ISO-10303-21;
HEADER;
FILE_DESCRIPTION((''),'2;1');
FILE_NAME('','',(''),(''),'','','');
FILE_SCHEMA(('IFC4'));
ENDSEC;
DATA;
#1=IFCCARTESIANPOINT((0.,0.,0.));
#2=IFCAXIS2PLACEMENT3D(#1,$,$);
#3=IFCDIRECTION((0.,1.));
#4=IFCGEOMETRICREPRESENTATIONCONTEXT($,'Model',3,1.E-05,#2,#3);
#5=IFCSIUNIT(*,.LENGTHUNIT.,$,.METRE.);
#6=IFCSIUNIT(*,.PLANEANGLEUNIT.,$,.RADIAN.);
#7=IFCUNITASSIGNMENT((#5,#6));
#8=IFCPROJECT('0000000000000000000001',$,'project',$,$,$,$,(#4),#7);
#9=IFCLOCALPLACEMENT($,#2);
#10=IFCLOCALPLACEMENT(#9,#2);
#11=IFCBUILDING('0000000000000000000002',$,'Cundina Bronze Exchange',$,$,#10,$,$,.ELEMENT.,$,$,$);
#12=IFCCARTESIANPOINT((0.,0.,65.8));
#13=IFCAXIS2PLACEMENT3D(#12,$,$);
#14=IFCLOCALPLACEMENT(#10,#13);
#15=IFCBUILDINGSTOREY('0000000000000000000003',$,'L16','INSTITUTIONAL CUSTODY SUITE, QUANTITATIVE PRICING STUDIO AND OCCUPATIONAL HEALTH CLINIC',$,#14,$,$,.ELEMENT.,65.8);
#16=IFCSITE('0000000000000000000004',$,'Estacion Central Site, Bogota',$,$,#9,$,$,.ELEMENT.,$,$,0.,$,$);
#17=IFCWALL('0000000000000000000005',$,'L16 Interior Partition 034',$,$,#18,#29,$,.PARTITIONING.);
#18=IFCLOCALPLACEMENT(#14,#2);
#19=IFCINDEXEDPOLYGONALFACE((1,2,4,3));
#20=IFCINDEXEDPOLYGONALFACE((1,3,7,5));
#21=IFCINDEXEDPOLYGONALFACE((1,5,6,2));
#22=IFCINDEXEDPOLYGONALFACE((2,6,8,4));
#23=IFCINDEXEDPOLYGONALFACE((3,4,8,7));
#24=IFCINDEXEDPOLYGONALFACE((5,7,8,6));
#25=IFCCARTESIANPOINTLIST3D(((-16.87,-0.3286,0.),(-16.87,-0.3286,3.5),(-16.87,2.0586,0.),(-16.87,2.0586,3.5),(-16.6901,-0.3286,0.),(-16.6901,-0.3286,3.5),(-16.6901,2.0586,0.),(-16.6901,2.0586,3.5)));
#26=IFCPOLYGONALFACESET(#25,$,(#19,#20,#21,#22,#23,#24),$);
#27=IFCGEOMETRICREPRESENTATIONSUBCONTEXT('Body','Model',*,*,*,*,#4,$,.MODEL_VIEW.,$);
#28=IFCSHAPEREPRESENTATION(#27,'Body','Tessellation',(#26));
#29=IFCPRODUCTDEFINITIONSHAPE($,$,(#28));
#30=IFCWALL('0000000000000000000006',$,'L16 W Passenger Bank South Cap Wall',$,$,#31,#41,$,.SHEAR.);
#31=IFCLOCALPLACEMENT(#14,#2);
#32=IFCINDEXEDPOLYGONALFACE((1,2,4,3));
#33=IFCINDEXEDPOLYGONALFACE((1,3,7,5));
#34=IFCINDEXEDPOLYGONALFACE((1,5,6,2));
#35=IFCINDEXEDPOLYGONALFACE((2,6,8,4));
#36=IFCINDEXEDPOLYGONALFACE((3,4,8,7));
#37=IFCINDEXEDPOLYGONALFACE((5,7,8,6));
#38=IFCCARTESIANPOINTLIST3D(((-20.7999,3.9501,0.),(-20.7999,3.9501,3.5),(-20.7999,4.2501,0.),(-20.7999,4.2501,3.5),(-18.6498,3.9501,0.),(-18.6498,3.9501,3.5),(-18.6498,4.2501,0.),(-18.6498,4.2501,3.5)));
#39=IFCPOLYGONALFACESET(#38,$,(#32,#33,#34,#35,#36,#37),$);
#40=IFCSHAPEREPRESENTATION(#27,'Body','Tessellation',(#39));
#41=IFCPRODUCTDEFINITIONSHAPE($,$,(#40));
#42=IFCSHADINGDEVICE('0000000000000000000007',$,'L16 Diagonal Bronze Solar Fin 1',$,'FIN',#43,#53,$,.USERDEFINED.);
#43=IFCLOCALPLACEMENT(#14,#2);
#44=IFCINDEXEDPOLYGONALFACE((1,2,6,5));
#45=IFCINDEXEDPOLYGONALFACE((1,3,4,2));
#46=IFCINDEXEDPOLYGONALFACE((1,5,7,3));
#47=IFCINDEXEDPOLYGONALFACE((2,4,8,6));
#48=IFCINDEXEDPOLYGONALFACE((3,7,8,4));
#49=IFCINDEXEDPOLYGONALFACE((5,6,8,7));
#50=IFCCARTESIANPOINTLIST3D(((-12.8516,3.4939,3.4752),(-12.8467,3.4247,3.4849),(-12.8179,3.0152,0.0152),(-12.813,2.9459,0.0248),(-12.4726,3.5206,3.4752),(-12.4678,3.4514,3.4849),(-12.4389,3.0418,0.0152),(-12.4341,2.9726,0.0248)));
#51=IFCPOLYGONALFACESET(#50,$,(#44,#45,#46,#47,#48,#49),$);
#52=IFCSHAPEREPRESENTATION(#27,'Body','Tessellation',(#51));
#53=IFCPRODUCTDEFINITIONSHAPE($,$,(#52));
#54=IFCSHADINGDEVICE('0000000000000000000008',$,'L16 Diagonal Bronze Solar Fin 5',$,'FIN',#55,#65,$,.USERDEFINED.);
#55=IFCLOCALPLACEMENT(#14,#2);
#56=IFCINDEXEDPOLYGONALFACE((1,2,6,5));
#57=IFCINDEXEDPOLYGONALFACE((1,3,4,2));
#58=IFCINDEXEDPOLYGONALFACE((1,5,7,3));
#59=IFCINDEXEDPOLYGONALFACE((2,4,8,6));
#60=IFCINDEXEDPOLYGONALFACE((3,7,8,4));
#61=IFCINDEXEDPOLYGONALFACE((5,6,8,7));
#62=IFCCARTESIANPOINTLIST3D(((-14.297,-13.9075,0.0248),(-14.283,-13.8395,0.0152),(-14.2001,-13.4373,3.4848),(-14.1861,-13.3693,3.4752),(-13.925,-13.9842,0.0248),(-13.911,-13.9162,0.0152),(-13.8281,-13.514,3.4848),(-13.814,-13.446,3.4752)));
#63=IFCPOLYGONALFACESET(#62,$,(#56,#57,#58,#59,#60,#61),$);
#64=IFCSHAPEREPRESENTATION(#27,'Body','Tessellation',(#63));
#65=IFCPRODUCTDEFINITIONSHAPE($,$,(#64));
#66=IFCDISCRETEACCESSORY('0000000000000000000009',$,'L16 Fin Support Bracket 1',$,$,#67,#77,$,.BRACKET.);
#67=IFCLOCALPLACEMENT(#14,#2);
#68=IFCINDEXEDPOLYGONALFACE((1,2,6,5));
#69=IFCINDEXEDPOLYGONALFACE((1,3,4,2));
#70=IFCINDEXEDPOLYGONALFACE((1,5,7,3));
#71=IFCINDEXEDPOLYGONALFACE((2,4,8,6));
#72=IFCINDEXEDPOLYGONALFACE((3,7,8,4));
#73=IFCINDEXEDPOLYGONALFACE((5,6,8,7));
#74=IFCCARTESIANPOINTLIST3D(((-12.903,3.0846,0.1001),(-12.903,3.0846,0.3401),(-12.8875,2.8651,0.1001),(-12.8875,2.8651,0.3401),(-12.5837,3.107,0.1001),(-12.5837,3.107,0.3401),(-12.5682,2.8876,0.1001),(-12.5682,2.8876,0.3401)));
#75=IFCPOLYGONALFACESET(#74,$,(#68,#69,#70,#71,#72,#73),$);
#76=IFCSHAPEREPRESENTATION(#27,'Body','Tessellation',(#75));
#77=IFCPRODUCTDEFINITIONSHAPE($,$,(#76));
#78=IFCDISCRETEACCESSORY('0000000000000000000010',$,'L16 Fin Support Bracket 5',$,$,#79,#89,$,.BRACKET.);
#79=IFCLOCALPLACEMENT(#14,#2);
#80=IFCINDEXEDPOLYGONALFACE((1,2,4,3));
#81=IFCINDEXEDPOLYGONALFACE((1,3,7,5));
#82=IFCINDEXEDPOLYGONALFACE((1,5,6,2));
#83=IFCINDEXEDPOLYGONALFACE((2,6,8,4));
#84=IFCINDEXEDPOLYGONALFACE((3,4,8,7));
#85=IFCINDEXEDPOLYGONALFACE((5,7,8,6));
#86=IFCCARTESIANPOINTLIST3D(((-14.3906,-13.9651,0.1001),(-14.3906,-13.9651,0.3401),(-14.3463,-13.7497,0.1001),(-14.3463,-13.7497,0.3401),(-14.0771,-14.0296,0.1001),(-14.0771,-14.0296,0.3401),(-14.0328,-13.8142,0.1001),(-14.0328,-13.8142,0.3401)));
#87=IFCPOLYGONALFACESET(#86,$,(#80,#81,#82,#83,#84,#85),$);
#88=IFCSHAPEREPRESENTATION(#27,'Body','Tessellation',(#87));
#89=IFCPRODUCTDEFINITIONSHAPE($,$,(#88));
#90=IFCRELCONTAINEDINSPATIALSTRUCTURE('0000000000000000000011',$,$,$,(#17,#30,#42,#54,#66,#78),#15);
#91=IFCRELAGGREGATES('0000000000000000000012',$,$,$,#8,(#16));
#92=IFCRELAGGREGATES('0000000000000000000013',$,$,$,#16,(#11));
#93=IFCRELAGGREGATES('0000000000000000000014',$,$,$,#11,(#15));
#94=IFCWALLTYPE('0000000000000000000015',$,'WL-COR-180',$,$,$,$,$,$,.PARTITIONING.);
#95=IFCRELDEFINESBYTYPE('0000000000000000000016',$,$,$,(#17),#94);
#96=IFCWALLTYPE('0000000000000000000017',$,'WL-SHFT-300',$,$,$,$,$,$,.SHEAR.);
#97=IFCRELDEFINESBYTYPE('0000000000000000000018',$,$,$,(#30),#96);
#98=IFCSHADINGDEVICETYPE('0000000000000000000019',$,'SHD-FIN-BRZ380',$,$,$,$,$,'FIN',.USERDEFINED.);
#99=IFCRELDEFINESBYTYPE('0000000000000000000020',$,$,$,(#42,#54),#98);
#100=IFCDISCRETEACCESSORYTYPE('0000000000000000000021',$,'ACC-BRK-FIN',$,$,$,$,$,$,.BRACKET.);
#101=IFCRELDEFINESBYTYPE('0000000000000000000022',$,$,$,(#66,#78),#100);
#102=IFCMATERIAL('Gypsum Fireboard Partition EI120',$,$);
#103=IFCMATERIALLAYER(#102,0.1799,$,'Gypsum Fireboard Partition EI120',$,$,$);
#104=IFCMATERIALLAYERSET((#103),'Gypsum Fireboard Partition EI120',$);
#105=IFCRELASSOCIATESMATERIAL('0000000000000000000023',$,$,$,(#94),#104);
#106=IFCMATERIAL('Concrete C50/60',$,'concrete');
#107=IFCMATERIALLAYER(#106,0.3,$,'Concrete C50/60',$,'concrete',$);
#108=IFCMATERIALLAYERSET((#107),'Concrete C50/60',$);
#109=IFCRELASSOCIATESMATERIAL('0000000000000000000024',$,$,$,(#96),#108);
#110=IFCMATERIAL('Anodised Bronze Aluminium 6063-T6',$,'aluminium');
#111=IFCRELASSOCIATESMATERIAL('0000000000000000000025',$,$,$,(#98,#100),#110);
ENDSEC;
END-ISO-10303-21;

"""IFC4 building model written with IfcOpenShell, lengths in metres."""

from ifc_helpers import new_model, si_unit, direction, frame, frame_2d, origin, origin_2d, place, context, subcontext, project, spatial, rectangle, extrude, material, layer, layer_set, material_profile, profile_set, type_object, element, save


model = new_model("IFC4")

# Units and contexts
model_context = context("Model", 3, precision=1e-05, world=origin(), true_north=direction((0.0, 1.0)))
body_context = subcontext(model_context, "Body", "Model", "MODEL_VIEW")
ifc_project = project(units=[si_unit("LENGTHUNIT", "METRE"), si_unit("PLANEANGLEUNIT", "RADIAN")], contexts=[model_context])

# Site, building, storey
site_placement = place(None, origin())
site = spatial("IfcSite", under=ifc_project, at=site_placement, Name="Estacion Central Site, Bogota", CompositionType="ELEMENT", RefElevation=0.0)
building_placement = place(site_placement, origin())
building = spatial("IfcBuilding", under=site, at=building_placement, Name="Cundina Bronze Exchange", CompositionType="ELEMENT")
storey_placement = place(building_placement, frame((0.0, 0.0, 65.8)))
storey = spatial("IfcBuildingStorey", under=building, at=storey_placement, Name="L16", Description="INSTITUTIONAL CUSTODY SUITE, QUANTITATIVE PRICING STUDIO AND OCCUPATIONAL HEALTH CLINIC", CompositionType="ELEMENT", Elevation=65.8)

# Shared definitions
ifc_material_1 = material(Name="Anodised Bronze Aluminium 6063-T6", Category="aluminium")

# Shared definitions
ifc_material_2 = material(Name="Concrete C50/60", Category="concrete")

# Walls
ifc_material_3 = material(Name="Gypsum Fireboard Partition EI120")
ifc_layer_1 = layer(ifc_material_3, 0.1799, Name="Gypsum Fireboard Partition EI120")
ifc_layer_set_1 = layer_set([ifc_layer_1], Name="Gypsum Fireboard Partition EI120")
wall_type_1 = type_object("IfcWallType", Name="WL-COR-180", PredefinedType="PARTITIONING", material=ifc_layer_set_1)
wall_1_placement = place(storey_placement, frame((-16.78, -0.3286, 0.0), z_axis=(0.0, 0.0, 1.0), x_axis=(0.0, 1.0, 0.0)))
element("IfcWall", 1, at=wall_1_placement, inside=storey, type_object=wall_type_1, Name="L16 Interior Partition 034", PredefinedType="PARTITIONING", context=body_context, shape_type="SweptSolid", body=[
    extrude(rectangle(XDim=2.3872, YDim=0.1799, at=frame_2d((1.1936, 0.0))), origin(), (0.0, 0.0, 1.0), 3.5),
])
ifc_layer_2 = layer(ifc_material_2, 0.3, Name="Concrete C50/60", Category="concrete")
ifc_layer_set_2 = layer_set([ifc_layer_2], Name="Concrete C50/60")
wall_type_2 = type_object("IfcWallType", Name="WL-SHFT-300", PredefinedType="SHEAR", material=ifc_layer_set_2)
wall_2_placement = place(storey_placement, frame((-20.8, 4.1001, 0.0), z_axis=(0.0, 0.0, 1.0), x_axis=(1.0, 0.0, 0.0)))
element("IfcWall", 2, at=wall_2_placement, inside=storey, type_object=wall_type_2, Name="L16 W Passenger Bank South Cap Wall", PredefinedType="SHEAR", context=body_context, shape_type="SweptSolid", body=[
    extrude(rectangle(XDim=2.1501, YDim=0.3, at=frame_2d((1.0752, 0.0))), origin(), (0.0, 0.0, 1.0), 3.5),
])

# Shading devices
ifc_material_profile_1 = material_profile(ifc_material_1, rectangle(XDim=0.0701, YDim=0.3799, at=origin_2d()), Name="FIN70X380", Category="aluminium")
ifc_profile_set_1 = profile_set([ifc_material_profile_1], Name="Anodised Bronze Aluminium 6063-T6")
shading_device_type = type_object("IfcShadingDeviceType", Name="SHD-FIN-BRZ380", ElementType="FIN", PredefinedType="USERDEFINED", material=ifc_profile_set_1)
for number, where, z_axis, x_axis, name in (
    (3, (-12.626, 2.9939, 0.02), (-0.009645, 0.137059, 0.990516), (0.069533, -0.988072, 0.137398), "L16 Diagonal Bronze Solar Fin 1"),
    (4, (-14.104, -13.9119, 0.02), (0.027747, 0.134612, 0.99051), (-0.199967, -0.970115, 0.137442), "L16 Diagonal Bronze Solar Fin 5"),
):
    element("IfcShadingDevice", number, at=place(storey_placement, frame(where, z_axis=z_axis, x_axis=x_axis)), inside=storey, type_object=shading_device_type, Name=name, ObjectType="FIN", PredefinedType="USERDEFINED", context=body_context, shape_type="SweptSolid", body=[
        extrude(rectangle(XDim=0.0701, YDim=0.3799, at=origin_2d()), origin(), (0.0, 0.0, 1.0), 3.4932),
    ])

# Discrete accessories
discrete_accessory_type = type_object("IfcDiscreteAccessoryType", Name="ACC-BRK-FIN", PredefinedType="BRACKET", material=ifc_material_1)
for number, where, z_axis, x_axis, name in (
    (5, (-12.7356, 2.9861, 0.1001), (0.0, 0.0, 1.0), (-0.070279, 0.997527, 0.0), "L16 Fin Support Bracket 1"),
    (6, (-14.2117, -13.8896, 0.1001), (0.0, 0.0, 1.0), (0.20142, 0.979505, 0.0), "L16 Fin Support Bracket 5"),
):
    element("IfcDiscreteAccessory", number, at=place(storey_placement, frame(where, z_axis=z_axis, x_axis=x_axis)), inside=storey, type_object=discrete_accessory_type, Name=name, PredefinedType="BRACKET", context=body_context, shape_type="SweptSolid", body=[
        extrude(rectangle(XDim=0.22, YDim=0.3201, at=origin_2d()), origin(), (0.0, 0.0, 1.0), 0.24),
    ])

save(model, "model.ifc")
